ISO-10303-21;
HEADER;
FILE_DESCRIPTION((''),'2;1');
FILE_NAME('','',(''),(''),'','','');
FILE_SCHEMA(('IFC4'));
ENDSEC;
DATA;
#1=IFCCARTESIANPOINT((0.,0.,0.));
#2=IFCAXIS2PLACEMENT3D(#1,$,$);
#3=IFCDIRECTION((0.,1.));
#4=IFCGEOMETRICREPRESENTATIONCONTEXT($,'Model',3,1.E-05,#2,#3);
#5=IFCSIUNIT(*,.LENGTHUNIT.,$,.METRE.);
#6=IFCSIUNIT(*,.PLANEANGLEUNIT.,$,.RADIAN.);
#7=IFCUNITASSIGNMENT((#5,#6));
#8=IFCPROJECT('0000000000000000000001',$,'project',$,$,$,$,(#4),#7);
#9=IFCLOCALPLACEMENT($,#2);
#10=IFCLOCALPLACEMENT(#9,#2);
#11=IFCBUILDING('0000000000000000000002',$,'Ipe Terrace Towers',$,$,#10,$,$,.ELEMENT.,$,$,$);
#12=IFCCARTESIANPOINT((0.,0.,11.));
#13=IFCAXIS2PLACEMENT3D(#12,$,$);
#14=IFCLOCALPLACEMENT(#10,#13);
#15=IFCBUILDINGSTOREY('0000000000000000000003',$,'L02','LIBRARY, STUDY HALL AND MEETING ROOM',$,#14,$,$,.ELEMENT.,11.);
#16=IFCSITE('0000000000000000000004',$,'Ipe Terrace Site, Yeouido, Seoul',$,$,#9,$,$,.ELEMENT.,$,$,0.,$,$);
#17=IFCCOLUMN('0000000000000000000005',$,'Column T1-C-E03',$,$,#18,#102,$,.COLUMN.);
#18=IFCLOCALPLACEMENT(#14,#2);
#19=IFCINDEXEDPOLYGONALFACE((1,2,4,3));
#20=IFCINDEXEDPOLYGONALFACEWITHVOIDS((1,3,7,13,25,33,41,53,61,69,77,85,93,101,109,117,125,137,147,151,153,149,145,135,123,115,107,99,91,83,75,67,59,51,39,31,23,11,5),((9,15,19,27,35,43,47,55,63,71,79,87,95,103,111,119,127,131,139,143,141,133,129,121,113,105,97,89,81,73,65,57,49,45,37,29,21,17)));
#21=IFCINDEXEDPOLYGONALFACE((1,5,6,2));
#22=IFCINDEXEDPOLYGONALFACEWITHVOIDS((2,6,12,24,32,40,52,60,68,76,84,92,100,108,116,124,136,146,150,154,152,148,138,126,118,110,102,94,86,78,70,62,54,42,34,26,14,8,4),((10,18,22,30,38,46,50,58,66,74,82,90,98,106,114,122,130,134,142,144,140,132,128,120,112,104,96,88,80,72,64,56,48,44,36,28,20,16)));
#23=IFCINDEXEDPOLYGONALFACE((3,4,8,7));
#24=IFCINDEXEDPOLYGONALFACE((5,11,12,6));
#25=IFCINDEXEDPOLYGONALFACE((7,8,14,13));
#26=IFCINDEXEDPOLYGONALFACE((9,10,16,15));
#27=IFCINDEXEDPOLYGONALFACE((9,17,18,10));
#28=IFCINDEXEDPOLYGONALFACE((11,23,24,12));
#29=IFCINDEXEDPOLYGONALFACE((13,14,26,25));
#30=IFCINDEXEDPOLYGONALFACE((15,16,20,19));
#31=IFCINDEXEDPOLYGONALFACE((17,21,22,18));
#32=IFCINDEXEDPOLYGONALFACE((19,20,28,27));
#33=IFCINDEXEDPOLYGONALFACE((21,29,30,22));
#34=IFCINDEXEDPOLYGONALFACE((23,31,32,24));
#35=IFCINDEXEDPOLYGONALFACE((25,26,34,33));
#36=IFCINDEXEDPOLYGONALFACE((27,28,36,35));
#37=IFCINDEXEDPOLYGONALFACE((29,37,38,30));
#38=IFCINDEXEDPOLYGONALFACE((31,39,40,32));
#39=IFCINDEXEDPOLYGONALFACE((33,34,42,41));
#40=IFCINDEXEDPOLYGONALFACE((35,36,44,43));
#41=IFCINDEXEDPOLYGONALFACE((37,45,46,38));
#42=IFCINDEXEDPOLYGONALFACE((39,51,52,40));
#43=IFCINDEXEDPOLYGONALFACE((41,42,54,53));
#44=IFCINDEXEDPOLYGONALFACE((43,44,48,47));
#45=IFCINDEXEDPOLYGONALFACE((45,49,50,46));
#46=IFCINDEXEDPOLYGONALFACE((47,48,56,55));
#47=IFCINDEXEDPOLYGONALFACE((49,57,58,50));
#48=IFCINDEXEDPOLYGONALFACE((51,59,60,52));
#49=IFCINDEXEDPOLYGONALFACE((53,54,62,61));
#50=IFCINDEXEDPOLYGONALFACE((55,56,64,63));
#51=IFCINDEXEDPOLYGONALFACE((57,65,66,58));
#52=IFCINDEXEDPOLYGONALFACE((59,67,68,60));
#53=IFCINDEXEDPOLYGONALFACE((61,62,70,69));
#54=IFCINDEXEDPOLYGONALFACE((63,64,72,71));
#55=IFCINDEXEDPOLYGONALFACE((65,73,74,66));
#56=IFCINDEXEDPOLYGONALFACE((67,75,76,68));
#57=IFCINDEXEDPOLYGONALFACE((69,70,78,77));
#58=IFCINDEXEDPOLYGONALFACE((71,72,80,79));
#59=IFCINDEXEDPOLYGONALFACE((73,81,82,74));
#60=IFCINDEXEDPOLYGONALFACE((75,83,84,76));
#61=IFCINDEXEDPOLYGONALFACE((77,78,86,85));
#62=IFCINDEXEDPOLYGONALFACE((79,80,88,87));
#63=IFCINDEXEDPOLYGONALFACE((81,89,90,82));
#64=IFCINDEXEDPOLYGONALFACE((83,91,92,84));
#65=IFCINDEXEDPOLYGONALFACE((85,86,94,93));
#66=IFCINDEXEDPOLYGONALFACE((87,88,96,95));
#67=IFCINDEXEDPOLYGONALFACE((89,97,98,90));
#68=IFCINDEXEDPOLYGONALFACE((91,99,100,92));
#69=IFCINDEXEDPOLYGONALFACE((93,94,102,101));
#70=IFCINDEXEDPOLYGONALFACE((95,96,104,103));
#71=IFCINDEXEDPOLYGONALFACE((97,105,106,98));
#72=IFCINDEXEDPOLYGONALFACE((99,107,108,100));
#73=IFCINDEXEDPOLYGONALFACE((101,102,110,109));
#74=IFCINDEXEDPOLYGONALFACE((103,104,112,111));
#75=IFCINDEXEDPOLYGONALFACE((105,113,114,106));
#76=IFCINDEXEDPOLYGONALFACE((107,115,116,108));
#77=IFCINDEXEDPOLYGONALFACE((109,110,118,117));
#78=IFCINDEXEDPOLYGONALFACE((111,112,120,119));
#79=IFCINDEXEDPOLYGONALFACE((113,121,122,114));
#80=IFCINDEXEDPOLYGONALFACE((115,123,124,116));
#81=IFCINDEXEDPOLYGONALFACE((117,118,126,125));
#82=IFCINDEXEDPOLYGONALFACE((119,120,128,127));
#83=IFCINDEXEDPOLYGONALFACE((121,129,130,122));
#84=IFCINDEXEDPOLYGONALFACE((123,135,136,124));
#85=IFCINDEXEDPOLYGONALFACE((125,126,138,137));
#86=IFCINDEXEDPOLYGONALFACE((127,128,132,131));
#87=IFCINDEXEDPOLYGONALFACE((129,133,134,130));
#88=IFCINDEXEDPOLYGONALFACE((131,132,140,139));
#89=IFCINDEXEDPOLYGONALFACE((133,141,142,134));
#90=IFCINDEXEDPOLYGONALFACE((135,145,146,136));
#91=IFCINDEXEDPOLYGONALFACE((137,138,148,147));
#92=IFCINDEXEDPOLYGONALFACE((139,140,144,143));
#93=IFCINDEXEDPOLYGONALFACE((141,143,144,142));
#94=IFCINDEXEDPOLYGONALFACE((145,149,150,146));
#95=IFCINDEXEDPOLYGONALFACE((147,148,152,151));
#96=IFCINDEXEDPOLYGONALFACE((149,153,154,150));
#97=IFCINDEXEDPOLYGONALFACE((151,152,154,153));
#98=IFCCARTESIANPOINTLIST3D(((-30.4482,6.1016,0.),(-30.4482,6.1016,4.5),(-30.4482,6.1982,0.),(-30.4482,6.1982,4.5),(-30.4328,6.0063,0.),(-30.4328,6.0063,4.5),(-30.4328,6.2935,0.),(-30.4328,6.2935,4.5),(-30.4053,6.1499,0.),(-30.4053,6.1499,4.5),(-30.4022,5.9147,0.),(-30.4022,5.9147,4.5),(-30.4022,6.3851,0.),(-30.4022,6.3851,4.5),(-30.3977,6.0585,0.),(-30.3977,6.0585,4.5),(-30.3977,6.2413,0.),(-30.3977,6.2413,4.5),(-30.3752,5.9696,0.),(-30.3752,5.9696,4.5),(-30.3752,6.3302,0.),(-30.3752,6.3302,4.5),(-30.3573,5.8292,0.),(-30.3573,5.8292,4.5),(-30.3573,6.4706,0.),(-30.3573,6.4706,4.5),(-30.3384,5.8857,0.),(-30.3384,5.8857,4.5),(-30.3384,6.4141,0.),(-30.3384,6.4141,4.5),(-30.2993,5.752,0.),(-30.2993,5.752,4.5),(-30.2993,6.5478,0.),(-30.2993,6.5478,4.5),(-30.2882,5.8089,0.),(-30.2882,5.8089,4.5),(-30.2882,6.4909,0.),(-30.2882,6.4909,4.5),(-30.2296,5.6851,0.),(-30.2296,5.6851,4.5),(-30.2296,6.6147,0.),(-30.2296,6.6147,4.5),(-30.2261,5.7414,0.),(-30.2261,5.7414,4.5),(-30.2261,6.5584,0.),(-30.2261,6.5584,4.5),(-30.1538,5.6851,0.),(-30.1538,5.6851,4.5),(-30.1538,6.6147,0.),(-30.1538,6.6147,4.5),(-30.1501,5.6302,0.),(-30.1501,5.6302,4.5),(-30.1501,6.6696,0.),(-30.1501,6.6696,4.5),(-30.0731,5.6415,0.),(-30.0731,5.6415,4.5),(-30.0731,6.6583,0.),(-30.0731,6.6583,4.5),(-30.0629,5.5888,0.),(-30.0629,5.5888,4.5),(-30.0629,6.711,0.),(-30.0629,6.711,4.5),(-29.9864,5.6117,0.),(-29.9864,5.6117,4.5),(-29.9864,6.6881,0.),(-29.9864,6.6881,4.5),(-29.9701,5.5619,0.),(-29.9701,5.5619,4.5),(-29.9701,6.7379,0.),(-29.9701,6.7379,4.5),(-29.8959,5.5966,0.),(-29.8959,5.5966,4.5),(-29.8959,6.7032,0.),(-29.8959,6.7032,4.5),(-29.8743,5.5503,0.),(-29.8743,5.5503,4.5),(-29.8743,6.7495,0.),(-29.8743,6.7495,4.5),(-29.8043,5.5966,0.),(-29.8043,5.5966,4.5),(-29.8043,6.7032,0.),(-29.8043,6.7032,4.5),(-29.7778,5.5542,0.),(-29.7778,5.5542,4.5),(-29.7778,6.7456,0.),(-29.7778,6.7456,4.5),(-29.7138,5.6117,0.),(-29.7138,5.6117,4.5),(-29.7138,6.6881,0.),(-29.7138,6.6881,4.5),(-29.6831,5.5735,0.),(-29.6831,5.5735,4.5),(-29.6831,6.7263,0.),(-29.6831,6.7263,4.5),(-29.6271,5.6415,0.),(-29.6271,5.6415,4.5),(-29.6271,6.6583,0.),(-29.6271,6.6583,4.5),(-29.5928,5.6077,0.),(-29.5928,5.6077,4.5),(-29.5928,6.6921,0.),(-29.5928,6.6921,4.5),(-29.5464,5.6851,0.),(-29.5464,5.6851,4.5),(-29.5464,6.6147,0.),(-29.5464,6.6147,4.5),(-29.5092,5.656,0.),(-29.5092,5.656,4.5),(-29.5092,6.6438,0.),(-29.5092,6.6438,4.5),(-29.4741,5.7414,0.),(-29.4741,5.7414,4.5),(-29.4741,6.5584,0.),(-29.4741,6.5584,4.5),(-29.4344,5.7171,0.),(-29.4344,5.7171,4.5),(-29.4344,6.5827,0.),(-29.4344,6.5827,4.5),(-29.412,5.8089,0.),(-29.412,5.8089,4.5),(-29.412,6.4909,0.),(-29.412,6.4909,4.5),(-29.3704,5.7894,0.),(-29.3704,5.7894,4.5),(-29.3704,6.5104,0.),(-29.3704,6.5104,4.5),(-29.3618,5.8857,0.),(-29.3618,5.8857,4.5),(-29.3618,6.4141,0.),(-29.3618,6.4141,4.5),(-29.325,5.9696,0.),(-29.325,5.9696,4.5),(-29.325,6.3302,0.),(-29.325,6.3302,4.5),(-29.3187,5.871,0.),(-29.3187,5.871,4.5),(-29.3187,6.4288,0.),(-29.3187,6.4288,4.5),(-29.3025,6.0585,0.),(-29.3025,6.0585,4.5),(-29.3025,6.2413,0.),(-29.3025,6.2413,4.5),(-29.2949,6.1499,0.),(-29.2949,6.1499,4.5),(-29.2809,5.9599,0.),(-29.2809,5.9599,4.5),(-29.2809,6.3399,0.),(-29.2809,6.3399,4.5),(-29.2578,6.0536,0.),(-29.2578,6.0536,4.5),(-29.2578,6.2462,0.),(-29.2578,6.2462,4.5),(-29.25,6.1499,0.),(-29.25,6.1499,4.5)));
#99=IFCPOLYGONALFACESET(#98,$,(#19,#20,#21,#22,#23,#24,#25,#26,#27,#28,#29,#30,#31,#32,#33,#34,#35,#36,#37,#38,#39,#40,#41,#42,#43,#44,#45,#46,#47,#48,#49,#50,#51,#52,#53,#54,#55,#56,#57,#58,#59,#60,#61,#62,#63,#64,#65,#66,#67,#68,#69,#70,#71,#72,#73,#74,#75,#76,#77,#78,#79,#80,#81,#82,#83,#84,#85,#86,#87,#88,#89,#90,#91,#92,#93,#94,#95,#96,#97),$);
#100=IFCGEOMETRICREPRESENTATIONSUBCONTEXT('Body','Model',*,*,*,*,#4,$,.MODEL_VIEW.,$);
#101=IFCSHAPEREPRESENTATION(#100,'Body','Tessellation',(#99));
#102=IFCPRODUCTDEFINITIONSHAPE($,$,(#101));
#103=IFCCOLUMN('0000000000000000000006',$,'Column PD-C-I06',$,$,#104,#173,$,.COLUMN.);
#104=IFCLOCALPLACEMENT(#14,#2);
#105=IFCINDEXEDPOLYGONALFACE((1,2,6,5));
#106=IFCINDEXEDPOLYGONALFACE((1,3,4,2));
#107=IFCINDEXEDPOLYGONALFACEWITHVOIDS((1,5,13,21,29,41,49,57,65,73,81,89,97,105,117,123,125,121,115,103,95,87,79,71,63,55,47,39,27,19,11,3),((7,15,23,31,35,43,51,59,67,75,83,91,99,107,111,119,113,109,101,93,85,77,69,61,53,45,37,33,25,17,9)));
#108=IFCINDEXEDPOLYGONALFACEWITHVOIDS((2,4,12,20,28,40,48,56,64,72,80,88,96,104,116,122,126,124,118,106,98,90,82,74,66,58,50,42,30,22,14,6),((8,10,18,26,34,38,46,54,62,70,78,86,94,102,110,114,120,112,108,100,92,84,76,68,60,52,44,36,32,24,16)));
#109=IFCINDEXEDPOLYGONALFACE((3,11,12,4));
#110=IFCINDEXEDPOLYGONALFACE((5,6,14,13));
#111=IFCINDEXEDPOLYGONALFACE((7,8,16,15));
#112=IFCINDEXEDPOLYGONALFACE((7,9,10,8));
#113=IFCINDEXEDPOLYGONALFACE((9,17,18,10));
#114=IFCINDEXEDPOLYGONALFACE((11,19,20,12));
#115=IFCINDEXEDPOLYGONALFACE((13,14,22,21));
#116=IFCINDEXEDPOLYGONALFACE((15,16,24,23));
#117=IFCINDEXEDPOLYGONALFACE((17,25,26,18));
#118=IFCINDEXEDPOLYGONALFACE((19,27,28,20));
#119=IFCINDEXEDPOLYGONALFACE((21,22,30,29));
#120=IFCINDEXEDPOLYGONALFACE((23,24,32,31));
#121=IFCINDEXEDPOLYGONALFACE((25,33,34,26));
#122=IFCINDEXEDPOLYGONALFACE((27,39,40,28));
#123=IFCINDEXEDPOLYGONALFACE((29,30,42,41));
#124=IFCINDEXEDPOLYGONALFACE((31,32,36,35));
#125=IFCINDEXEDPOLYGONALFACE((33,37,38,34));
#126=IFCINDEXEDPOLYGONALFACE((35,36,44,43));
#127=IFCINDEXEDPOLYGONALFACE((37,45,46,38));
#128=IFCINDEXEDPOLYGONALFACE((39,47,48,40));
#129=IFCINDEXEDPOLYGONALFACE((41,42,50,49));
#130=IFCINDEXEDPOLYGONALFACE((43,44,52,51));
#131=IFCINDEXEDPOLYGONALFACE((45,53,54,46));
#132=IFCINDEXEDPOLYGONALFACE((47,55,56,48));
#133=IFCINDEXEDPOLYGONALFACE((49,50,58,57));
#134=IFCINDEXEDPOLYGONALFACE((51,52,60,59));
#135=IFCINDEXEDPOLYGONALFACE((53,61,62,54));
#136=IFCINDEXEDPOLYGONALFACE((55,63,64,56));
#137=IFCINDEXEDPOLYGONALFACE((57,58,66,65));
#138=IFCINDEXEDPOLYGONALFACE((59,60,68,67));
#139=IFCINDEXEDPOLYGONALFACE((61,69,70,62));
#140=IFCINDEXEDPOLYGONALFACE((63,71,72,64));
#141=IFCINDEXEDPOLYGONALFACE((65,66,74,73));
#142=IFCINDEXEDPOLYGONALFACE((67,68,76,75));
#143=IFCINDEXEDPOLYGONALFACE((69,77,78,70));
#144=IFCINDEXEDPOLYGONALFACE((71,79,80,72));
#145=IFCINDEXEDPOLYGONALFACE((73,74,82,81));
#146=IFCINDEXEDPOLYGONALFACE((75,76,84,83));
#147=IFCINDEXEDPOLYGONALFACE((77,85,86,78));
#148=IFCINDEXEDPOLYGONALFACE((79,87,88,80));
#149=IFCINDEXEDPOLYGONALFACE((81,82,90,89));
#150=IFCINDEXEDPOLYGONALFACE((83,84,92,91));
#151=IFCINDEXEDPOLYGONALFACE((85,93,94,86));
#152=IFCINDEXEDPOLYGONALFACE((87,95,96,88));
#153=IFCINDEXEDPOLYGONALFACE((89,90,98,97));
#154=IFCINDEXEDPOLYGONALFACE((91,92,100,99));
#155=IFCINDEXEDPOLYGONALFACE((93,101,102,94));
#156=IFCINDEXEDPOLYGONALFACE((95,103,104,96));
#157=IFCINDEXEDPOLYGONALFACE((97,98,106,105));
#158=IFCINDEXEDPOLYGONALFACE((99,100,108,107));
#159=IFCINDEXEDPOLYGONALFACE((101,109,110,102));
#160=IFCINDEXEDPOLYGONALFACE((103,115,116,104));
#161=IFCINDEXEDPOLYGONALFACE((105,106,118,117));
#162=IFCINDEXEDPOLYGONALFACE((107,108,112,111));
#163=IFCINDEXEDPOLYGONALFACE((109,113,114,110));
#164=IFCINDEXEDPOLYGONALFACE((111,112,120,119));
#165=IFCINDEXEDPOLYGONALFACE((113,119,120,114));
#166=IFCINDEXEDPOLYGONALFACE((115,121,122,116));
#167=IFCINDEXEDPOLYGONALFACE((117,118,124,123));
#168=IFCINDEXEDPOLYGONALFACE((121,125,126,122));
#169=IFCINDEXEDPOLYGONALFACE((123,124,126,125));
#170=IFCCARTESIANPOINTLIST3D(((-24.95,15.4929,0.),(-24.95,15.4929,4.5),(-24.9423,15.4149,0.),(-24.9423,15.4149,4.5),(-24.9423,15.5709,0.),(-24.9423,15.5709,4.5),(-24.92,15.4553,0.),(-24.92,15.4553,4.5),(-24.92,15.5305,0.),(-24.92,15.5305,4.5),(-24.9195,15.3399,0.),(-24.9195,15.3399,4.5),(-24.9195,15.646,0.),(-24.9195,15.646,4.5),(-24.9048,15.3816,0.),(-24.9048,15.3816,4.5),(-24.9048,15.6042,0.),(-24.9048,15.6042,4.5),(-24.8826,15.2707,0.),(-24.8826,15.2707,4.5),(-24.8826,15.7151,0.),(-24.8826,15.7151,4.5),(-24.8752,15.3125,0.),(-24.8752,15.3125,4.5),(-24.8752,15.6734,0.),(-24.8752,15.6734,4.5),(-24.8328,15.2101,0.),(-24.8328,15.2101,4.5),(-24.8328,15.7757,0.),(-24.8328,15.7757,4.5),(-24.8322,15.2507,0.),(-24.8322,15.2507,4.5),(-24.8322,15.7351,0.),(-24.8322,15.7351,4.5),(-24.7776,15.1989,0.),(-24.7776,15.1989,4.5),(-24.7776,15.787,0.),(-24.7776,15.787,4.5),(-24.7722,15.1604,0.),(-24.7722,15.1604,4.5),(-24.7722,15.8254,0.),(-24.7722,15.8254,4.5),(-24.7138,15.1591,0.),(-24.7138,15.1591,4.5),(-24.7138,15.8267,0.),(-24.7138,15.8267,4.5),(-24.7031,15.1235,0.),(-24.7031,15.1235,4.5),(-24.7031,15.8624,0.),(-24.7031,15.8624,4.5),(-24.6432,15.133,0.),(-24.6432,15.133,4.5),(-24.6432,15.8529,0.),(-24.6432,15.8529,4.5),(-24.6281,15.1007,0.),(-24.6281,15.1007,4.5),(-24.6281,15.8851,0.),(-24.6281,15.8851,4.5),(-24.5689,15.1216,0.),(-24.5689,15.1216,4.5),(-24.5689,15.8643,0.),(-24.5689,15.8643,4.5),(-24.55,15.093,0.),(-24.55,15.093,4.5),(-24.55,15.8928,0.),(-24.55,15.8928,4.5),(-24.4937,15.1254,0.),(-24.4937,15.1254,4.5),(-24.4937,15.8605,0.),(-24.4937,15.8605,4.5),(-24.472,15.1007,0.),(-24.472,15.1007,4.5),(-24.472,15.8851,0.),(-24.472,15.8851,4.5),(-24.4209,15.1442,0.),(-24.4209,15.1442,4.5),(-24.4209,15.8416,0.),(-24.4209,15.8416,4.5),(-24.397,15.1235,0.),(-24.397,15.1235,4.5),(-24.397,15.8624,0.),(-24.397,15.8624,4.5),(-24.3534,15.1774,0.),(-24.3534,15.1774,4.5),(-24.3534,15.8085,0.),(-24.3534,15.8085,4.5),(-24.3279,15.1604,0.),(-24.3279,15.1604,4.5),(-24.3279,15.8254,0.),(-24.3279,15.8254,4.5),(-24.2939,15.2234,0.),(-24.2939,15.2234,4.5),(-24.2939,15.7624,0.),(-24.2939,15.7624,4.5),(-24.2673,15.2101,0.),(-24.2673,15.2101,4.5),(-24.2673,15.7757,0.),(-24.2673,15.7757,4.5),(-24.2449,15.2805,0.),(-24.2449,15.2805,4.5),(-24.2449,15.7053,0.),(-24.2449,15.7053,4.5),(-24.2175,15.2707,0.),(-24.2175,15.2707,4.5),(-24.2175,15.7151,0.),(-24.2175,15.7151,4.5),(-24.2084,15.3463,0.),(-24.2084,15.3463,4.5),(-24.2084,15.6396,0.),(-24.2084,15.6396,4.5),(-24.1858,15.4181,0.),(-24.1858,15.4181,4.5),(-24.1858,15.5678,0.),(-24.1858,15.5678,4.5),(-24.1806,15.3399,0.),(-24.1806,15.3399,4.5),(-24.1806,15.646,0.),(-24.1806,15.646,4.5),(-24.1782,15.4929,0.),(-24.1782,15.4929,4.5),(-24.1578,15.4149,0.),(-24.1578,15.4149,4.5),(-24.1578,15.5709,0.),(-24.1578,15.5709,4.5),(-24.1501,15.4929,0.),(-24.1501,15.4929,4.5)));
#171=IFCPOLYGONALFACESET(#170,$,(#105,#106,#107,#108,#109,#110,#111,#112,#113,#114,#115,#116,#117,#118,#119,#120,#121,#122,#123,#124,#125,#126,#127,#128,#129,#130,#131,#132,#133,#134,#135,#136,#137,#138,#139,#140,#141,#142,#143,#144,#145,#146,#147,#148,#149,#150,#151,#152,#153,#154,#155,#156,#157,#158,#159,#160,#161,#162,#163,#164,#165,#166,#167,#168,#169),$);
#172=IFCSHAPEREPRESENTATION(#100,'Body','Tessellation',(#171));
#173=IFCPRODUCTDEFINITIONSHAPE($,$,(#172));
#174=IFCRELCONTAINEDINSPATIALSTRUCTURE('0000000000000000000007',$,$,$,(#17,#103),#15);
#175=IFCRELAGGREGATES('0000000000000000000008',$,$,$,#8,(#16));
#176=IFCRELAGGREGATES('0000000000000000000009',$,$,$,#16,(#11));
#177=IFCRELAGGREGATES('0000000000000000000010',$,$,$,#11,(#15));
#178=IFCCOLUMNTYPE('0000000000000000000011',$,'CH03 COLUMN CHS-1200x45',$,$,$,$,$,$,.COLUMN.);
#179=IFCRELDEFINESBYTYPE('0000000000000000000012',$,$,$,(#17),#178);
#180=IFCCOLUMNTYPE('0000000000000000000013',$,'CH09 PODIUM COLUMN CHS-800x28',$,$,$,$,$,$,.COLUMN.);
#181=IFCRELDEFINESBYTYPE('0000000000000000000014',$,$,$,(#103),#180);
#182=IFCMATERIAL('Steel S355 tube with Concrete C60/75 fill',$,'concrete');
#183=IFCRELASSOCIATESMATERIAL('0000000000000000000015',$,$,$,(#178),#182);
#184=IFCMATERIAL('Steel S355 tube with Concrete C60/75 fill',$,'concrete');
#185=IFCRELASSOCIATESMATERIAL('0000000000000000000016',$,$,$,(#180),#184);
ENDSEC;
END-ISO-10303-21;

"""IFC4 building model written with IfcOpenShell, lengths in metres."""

from ifc_helpers import new_model, si_unit, direction, frame, origin, origin_2d, place, context, subcontext, project, spatial, hollow_circle, extrude, material, material_profile, profile_set, type_object, element, save


model = new_model("IFC4")

# Units and contexts
model_context = context("Model", 3, precision=1e-05, world=origin(), true_north=direction((0.0, 1.0)))
body_context = subcontext(model_context, "Body", "Model", "MODEL_VIEW")
ifc_project = project(units=[si_unit("LENGTHUNIT", "METRE"), si_unit("PLANEANGLEUNIT", "RADIAN")], contexts=[model_context])

# Site, building, storey
site_placement = place(None, origin())
site = spatial("IfcSite", under=ifc_project, at=site_placement, Name="Ipe Terrace Site, Yeouido, Seoul", CompositionType="ELEMENT", RefElevation=0.0)
building_placement = place(site_placement, origin())
building = spatial("IfcBuilding", under=site, at=building_placement, Name="Ipe Terrace Towers", CompositionType="ELEMENT")
storey_placement = place(building_placement, frame((0.0, 0.0, 11.0)))
storey = spatial("IfcBuildingStorey", under=building, at=storey_placement, Name="L02", Description="LIBRARY, STUDY HALL AND MEETING ROOM", CompositionType="ELEMENT", Elevation=11.0)

# Columns
ifc_material_1 = material(Name="Steel S355 tube with Concrete C60/75 fill", Category="concrete")
ifc_material_profile_1 = material_profile(ifc_material_1, hollow_circle(Radius=0.6001, WallThickness=0.0449, at=origin_2d()), Name="CHS-1200x45")
ifc_profile_set_1 = profile_set([ifc_material_profile_1], Name="Steel S355 tube with Concrete C60/75 fill")
column_type_1 = type_object("IfcColumnType", Name="CH03 COLUMN CHS-1200x45", PredefinedType="COLUMN", material=ifc_profile_set_1)
column_placement = place(storey_placement, frame((-29.8501, 6.1499, 0.0), z_axis=(0.0, 0.0, 1.0), x_axis=(1.0, 0.0, 0.0)))
element("IfcColumn", 1, at=column_placement, inside=storey, type_object=column_type_1, Name="Column T1-C-E03", PredefinedType="COLUMN", context=body_context, shape_type="SweptSolid", body=[
    extrude(hollow_circle(Radius=0.6001, WallThickness=0.0449, at=origin_2d()), origin(), (0.0, 0.0, 1.0), 4.5),
])
ifc_material_2 = material(Name="Steel S355 tube with Concrete C60/75 fill", Category="concrete")
ifc_material_profile_2 = material_profile(ifc_material_2, hollow_circle(Radius=0.3999, WallThickness=0.0281, at=origin_2d()), Name="CHS-800x28")
ifc_profile_set_2 = profile_set([ifc_material_profile_2], Name="Steel S355 tube with Concrete C60/75 fill")
column_type_2 = type_object("IfcColumnType", Name="CH09 PODIUM COLUMN CHS-800x28", PredefinedType="COLUMN", material=ifc_profile_set_2)
for number, where, z_axis, x_axis, name in (
    (2, (-24.55, 15.4929, 0.0), (0.0, 0.0, 1.0), (1.0, 0.0, 0.0), "Column PD-C-I06"),
):
    element("IfcColumn", number, at=place(storey_placement, frame(where, z_axis=z_axis, x_axis=x_axis)), inside=storey, type_object=column_type_2, Name=name, PredefinedType="COLUMN", context=body_context, shape_type="SweptSolid", body=[
        extrude(hollow_circle(Radius=0.3999, WallThickness=0.0281, at=origin_2d()), origin(), (0.0, 0.0, 1.0), 4.5),
    ])

save(model, "model.ifc")
